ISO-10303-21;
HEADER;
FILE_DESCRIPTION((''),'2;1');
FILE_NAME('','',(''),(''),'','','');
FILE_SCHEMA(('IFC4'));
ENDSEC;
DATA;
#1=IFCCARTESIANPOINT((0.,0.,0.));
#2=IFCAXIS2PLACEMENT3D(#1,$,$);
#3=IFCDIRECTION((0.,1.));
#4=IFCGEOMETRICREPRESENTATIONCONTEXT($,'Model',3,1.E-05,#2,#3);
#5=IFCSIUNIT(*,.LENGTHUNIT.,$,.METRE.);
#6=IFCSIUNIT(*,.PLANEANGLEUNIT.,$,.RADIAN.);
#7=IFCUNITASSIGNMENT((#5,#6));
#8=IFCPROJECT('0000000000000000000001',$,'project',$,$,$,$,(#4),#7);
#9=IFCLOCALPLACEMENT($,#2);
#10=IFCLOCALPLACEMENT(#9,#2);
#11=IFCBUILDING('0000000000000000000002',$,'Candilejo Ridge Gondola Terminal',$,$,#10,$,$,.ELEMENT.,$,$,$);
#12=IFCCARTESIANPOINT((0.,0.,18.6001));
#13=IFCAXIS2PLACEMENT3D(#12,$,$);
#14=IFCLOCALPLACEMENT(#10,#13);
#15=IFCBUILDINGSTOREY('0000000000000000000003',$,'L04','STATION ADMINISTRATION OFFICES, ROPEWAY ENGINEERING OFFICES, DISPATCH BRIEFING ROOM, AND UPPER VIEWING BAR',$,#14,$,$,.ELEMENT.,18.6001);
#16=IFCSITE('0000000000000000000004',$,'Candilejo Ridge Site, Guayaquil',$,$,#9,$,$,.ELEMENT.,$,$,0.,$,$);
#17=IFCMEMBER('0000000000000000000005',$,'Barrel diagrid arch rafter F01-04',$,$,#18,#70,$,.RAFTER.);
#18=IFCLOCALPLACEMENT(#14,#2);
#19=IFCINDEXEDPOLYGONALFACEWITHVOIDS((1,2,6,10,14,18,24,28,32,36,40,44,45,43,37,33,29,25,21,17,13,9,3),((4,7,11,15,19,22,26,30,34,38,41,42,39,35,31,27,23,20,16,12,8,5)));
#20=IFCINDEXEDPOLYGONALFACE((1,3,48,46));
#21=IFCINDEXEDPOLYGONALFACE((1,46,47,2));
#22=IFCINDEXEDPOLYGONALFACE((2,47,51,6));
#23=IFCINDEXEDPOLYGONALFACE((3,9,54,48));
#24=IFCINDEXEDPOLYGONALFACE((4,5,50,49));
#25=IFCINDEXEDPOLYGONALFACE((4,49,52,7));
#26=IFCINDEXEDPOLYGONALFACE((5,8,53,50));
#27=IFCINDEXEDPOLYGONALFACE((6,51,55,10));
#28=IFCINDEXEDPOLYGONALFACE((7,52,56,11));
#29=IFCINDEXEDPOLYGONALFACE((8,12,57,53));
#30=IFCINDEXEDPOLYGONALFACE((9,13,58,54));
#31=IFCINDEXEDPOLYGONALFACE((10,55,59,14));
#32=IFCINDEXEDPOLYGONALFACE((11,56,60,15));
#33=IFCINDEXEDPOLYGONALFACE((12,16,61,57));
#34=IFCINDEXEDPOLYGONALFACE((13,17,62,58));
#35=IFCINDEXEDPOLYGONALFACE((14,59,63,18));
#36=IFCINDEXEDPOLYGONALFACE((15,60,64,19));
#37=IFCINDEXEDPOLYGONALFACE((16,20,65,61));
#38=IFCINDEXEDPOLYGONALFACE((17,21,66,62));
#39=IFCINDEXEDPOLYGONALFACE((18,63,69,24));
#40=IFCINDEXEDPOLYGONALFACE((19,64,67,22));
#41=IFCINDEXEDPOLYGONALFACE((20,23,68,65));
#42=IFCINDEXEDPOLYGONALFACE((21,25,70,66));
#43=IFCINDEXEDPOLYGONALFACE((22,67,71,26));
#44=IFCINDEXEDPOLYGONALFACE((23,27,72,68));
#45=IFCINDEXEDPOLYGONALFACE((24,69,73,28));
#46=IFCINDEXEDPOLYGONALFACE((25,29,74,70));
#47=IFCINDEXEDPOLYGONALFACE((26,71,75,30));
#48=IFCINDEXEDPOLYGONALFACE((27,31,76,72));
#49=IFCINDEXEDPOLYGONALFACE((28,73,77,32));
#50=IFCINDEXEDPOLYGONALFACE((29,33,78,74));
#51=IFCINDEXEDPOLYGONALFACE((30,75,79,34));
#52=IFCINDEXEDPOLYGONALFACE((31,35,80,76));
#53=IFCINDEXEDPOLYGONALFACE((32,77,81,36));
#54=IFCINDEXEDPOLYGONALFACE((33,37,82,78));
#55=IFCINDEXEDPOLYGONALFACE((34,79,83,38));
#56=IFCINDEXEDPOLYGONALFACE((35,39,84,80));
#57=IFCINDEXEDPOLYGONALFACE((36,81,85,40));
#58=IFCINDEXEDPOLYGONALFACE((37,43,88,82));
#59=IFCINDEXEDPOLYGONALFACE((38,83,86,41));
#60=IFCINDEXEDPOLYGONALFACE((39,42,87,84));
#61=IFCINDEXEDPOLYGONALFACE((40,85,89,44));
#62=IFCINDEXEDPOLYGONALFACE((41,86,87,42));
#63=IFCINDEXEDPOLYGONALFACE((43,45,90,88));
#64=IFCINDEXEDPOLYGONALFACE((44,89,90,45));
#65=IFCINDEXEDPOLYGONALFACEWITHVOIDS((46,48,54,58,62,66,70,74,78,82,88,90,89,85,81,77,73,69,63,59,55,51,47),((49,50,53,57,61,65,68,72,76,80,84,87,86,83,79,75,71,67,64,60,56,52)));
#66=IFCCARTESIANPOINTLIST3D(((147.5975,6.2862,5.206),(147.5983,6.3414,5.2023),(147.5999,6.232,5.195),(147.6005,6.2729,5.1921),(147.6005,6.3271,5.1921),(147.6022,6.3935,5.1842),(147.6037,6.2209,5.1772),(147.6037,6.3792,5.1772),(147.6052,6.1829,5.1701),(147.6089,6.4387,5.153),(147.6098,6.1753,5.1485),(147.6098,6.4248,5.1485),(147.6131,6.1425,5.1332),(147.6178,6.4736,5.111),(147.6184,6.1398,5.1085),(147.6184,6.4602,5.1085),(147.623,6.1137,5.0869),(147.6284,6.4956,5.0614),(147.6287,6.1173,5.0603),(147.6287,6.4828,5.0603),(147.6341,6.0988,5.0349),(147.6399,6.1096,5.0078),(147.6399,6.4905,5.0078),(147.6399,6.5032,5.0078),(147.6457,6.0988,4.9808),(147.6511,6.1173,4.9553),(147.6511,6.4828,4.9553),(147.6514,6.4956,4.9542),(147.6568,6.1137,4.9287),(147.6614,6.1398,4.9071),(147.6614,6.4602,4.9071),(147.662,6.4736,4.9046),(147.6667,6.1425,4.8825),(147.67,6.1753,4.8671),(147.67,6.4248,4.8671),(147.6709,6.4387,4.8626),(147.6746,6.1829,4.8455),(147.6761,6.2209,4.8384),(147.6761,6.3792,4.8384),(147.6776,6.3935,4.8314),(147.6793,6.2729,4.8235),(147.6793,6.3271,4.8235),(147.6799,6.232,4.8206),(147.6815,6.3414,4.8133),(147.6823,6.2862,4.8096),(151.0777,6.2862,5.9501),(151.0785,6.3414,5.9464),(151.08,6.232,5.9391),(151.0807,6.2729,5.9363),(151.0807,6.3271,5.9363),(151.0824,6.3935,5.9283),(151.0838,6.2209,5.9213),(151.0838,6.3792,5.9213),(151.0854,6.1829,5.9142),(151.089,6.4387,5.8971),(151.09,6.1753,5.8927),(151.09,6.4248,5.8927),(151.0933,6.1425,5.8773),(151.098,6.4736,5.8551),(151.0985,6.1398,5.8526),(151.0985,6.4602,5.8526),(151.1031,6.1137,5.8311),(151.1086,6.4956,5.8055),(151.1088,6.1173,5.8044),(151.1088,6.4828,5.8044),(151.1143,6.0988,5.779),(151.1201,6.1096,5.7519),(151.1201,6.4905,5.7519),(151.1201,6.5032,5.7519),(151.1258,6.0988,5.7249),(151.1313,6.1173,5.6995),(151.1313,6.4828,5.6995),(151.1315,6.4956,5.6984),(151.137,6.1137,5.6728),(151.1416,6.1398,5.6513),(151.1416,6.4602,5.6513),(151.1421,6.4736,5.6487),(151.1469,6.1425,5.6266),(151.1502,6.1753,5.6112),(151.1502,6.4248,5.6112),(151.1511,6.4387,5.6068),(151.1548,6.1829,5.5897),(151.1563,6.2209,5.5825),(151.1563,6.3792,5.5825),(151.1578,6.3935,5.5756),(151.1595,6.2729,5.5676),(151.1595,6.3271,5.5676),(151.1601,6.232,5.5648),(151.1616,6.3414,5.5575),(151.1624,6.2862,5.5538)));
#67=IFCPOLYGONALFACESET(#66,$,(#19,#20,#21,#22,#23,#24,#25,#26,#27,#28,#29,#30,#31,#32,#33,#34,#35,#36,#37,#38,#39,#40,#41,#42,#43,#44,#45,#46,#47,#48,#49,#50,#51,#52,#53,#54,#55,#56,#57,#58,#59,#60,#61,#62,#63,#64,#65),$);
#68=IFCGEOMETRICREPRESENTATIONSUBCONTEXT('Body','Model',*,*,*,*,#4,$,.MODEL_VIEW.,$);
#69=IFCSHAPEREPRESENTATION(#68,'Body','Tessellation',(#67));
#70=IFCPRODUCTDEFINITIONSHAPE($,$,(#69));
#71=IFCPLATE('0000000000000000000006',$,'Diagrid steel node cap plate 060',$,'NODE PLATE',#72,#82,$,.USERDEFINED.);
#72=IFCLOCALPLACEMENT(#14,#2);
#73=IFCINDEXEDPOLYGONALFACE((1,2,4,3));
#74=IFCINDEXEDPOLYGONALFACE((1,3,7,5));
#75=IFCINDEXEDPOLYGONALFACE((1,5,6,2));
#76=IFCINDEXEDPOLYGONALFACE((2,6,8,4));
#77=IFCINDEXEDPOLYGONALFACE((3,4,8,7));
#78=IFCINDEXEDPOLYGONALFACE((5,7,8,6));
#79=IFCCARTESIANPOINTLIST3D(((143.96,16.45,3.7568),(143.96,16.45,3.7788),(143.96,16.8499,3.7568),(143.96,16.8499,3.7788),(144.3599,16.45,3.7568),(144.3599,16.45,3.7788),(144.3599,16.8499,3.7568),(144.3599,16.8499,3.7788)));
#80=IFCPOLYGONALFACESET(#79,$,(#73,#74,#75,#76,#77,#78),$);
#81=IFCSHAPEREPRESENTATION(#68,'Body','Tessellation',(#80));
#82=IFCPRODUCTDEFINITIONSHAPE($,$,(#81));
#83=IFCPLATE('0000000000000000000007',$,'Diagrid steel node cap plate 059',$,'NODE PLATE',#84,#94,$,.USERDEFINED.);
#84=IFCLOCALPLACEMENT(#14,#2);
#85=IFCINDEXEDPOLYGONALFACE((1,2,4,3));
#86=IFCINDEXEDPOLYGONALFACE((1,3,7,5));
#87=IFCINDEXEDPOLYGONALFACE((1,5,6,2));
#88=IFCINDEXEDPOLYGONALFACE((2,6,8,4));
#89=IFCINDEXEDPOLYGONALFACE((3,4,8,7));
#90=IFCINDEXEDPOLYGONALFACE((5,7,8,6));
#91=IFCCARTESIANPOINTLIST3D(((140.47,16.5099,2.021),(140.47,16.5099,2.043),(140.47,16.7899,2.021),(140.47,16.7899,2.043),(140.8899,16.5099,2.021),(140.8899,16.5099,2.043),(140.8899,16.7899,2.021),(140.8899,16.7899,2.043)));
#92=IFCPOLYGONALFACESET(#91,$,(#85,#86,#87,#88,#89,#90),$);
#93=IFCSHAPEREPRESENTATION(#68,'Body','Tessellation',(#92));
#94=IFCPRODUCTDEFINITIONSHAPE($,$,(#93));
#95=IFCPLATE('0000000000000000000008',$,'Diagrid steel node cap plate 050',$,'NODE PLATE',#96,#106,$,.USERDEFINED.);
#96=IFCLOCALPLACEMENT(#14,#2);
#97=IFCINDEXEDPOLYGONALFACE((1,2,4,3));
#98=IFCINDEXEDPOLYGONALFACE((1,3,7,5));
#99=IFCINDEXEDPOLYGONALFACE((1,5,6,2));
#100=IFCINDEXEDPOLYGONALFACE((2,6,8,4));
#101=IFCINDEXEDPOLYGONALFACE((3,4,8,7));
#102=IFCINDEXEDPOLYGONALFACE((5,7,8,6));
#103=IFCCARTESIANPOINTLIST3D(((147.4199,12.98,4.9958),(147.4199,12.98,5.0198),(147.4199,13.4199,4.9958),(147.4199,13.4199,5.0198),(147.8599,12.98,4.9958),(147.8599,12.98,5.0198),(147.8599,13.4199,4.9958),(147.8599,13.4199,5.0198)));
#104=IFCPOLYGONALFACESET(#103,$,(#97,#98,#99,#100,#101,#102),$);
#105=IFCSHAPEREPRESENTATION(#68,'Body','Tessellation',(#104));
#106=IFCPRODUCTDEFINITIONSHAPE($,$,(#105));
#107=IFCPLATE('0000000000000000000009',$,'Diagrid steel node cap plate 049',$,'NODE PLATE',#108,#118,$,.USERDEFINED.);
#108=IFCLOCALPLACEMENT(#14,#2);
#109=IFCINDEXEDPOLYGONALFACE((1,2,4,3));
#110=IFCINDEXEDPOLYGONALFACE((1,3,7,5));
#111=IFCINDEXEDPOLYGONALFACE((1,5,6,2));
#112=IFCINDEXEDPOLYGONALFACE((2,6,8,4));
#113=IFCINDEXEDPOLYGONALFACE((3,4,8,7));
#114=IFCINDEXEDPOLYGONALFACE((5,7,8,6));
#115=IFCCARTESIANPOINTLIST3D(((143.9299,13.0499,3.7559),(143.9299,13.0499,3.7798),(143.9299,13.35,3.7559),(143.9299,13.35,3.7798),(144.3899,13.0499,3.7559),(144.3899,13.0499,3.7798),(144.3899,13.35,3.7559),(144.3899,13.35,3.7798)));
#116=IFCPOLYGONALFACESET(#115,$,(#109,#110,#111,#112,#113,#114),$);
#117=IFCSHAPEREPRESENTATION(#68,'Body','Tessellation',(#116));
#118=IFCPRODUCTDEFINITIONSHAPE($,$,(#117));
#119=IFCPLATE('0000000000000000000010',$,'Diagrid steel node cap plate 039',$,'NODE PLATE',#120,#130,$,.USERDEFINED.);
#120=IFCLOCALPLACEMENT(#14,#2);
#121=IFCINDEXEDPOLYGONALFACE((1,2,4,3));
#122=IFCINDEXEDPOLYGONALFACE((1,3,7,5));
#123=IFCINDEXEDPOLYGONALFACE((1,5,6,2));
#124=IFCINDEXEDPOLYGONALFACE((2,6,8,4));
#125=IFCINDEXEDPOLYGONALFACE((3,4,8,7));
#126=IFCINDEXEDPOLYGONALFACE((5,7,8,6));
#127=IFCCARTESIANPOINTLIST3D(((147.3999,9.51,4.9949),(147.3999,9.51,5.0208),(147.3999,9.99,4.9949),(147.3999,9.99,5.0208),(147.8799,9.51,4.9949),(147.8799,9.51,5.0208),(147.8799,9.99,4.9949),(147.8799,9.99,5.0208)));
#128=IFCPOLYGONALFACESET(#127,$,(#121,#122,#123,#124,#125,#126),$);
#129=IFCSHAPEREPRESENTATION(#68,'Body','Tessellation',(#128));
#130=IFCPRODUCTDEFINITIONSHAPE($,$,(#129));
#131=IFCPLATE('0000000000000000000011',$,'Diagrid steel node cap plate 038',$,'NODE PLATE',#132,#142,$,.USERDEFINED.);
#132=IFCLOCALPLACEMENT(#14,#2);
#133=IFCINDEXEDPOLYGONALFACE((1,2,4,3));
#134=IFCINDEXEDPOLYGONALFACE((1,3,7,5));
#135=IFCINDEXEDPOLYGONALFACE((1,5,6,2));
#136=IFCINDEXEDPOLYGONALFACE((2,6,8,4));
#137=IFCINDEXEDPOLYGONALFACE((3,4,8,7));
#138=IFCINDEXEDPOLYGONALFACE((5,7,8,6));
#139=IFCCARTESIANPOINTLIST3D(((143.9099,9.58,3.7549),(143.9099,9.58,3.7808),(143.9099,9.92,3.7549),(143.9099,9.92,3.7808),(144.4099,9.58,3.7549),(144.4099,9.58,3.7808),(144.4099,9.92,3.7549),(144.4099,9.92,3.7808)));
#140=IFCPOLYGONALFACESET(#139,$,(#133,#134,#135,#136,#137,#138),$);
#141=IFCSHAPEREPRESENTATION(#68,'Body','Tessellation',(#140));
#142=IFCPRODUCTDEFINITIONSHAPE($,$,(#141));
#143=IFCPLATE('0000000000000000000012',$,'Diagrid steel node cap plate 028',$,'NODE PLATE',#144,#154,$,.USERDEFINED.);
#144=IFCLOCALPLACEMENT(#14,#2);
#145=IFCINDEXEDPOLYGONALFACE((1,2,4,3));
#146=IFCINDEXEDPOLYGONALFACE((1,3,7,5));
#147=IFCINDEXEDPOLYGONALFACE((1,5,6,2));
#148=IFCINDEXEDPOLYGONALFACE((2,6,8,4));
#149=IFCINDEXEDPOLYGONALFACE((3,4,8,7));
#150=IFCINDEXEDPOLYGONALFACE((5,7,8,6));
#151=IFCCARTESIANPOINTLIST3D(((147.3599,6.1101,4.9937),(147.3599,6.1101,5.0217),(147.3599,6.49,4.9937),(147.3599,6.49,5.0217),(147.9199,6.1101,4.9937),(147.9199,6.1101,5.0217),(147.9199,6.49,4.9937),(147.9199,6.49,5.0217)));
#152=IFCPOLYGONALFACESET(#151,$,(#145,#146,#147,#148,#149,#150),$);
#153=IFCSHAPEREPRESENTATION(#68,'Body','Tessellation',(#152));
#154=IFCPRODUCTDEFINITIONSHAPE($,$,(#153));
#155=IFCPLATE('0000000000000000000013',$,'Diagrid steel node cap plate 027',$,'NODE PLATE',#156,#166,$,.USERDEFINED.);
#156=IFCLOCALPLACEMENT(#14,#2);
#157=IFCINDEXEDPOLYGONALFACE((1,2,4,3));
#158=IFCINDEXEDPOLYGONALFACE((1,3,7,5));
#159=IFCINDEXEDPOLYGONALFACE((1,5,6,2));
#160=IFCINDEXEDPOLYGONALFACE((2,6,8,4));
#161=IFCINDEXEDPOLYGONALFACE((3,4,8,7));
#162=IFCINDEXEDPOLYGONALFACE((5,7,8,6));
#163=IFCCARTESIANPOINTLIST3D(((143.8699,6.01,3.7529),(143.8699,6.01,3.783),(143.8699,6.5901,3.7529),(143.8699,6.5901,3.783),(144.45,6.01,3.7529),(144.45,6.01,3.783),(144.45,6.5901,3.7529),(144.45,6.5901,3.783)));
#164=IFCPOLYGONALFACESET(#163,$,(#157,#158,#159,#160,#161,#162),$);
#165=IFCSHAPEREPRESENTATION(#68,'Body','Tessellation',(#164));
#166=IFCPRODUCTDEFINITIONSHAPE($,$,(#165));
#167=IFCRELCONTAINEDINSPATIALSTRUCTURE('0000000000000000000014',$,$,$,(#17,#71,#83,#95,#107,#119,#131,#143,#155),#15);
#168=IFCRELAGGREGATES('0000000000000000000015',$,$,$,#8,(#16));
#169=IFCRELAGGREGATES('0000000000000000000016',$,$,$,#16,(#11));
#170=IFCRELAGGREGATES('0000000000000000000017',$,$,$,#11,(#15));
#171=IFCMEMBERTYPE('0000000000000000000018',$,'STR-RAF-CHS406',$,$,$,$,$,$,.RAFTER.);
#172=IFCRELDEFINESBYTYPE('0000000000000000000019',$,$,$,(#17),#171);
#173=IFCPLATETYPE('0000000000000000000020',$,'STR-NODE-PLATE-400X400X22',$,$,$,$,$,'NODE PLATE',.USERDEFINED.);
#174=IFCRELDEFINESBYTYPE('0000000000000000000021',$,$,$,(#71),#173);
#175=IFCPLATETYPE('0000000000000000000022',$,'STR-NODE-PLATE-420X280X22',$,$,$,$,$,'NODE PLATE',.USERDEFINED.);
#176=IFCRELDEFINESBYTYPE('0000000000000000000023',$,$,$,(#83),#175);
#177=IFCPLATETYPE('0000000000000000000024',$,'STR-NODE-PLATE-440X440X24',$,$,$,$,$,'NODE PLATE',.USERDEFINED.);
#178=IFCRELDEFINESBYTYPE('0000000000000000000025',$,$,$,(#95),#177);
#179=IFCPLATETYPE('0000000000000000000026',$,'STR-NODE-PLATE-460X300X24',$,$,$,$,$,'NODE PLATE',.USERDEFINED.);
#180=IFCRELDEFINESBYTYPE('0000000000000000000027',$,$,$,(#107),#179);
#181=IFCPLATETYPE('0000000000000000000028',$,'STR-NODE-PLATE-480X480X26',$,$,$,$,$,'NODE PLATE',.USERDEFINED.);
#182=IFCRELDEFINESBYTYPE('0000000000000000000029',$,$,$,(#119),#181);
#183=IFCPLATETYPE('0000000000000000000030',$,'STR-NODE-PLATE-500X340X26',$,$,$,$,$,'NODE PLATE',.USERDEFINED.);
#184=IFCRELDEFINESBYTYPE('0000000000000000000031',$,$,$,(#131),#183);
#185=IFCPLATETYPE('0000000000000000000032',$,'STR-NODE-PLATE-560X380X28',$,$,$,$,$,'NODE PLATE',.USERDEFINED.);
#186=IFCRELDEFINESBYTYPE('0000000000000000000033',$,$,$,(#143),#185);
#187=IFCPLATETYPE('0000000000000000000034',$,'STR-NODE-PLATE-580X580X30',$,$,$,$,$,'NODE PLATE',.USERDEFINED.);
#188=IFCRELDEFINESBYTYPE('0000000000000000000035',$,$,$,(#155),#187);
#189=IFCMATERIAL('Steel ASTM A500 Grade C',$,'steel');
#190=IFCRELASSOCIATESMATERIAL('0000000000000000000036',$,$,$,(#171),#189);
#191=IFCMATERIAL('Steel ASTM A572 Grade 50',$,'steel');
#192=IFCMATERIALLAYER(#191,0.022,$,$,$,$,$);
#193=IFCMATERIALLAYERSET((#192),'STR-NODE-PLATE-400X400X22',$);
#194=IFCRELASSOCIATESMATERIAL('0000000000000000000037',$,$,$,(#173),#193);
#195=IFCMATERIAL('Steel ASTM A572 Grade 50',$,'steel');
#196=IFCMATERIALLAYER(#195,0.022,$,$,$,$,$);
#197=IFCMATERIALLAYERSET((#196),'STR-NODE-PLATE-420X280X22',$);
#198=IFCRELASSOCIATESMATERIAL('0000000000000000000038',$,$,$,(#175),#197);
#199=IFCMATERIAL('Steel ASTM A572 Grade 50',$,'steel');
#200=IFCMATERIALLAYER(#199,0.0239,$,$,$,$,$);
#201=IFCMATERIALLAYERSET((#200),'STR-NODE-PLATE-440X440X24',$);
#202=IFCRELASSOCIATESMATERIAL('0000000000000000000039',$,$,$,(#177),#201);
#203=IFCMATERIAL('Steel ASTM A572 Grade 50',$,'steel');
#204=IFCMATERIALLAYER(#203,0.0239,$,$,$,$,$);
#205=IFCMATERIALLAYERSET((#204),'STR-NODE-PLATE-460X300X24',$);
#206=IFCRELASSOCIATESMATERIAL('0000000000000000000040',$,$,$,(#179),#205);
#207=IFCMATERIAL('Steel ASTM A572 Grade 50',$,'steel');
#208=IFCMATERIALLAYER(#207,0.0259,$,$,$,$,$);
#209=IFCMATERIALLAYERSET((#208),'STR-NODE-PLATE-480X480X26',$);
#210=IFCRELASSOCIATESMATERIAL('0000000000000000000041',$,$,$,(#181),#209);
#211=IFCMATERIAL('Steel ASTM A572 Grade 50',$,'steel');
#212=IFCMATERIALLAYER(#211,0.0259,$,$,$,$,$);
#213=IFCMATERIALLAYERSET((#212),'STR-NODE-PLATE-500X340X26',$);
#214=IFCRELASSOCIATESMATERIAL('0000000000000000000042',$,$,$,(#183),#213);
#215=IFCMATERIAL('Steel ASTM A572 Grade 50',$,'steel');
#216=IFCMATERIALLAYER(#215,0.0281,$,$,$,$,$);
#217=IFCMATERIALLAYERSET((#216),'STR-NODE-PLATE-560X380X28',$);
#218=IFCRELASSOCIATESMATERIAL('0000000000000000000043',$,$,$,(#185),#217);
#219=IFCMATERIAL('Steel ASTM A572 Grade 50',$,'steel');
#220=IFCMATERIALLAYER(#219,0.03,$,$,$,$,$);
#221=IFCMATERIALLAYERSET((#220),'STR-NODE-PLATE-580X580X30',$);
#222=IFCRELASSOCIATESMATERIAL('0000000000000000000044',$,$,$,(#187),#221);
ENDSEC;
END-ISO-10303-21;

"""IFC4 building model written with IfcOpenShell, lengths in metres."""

from ifc_helpers import new_model, si_unit, direction, frame, origin, origin_2d, place, context, subcontext, project, spatial, rectangle, hollow_circle, extrude, material, layer, layer_set, material_profile, profile_set, type_object, element, save


model = new_model("IFC4")

# Units and contexts
model_context = context("Model", 3, precision=1e-05, world=origin(), true_north=direction((0.0, 1.0)))
body_context = subcontext(model_context, "Body", "Model", "MODEL_VIEW")
ifc_project = project(units=[si_unit("LENGTHUNIT", "METRE"), si_unit("PLANEANGLEUNIT", "RADIAN")], contexts=[model_context])

# Site, building, storey
site_placement = place(None, origin())
site = spatial("IfcSite", under=ifc_project, at=site_placement, Name="Candilejo Ridge Site, Guayaquil", CompositionType="ELEMENT", RefElevation=0.0)
building_placement = place(site_placement, origin())
building = spatial("IfcBuilding", under=site, at=building_placement, Name="Candilejo Ridge Gondola Terminal", CompositionType="ELEMENT")
storey_placement = place(building_placement, frame((0.0, 0.0, 18.6001)))
storey = spatial("IfcBuildingStorey", under=building, at=storey_placement, Name="L04", Description="STATION ADMINISTRATION OFFICES, ROPEWAY ENGINEERING OFFICES, DISPATCH BRIEFING ROOM, AND UPPER VIEWING BAR", CompositionType="ELEMENT", Elevation=18.6001)

# Member
ifc_material_1 = material(Name="Steel ASTM A500 Grade C", Category="steel")
ifc_material_profile_1 = material_profile(ifc_material_1, hollow_circle(Radius=0.2031, WallThickness=0.0127, at=origin_2d()))
ifc_profile_set_1 = profile_set([ifc_material_profile_1], Name="Steel ASTM A500 Grade C")
member_type_1 = type_object("IfcMemberType", Name="STR-RAF-CHS406", PredefinedType="RAFTER", material=ifc_profile_set_1)
member_1_placement = place(storey_placement, frame((147.6399, 6.3, 5.0078), z_axis=(0.977896, 0.0, 0.209093), x_axis=(0.0, 1.0, 0.0)))
element("IfcMember", 1, at=member_1_placement, inside=storey, type_object=member_type_1, Name="Barrel diagrid arch rafter F01-04", PredefinedType="RAFTER", context=body_context, shape_type="SweptSolid", body=[
    extrude(hollow_circle(Radius=0.2031, WallThickness=0.0127, at=origin_2d()), origin(), (0.0, 0.0, 1.0), 3.5588),
])

# Plates
ifc_material_2 = material(Name="Steel ASTM A572 Grade 50", Category="steel")
ifc_layer_1 = layer(ifc_material_2, 0.022)
ifc_layer_set_1 = layer_set([ifc_layer_1], Name="STR-NODE-PLATE-400X400X22")
plate_type_1 = type_object("IfcPlateType", Name="STR-NODE-PLATE-400X400X22", ElementType="NODE PLATE", PredefinedType="USERDEFINED", material=ifc_layer_set_1)
plate_1_placement = place(storey_placement, frame((144.1599, 16.6499, 3.7568), z_axis=(0.0, 0.0, 1.0), x_axis=(1.0, 0.0, 0.0)))
element("IfcPlate", 2, at=plate_1_placement, inside=storey, type_object=plate_type_1, Name="Diagrid steel node cap plate 060", ObjectType="NODE PLATE", PredefinedType="USERDEFINED", context=body_context, shape_type="SweptSolid", body=[
    extrude(rectangle(XDim=0.3999, YDim=0.3999, at=origin_2d()), origin(), (0.0, 0.0, 1.0), 0.022),
])
ifc_material_3 = material(Name="Steel ASTM A572 Grade 50", Category="steel")
ifc_layer_2 = layer(ifc_material_3, 0.022)
ifc_layer_set_2 = layer_set([ifc_layer_2], Name="STR-NODE-PLATE-420X280X22")
plate_type_2 = type_object("IfcPlateType", Name="STR-NODE-PLATE-420X280X22", ElementType="NODE PLATE", PredefinedType="USERDEFINED", material=ifc_layer_set_2)
plate_2_placement = place(storey_placement, frame((140.6799, 16.6499, 2.021), z_axis=(0.0, 0.0, 1.0), x_axis=(1.0, 0.0, 0.0)))
element("IfcPlate", 3, at=plate_2_placement, inside=storey, type_object=plate_type_2, Name="Diagrid steel node cap plate 059", ObjectType="NODE PLATE", PredefinedType="USERDEFINED", context=body_context, shape_type="SweptSolid", body=[
    extrude(rectangle(XDim=0.4199, YDim=0.28, at=origin_2d()), origin(), (0.0, 0.0, 1.0), 0.022),
])
ifc_material_4 = material(Name="Steel ASTM A572 Grade 50", Category="steel")
ifc_layer_3 = layer(ifc_material_4, 0.0239)
ifc_layer_set_3 = layer_set([ifc_layer_3], Name="STR-NODE-PLATE-440X440X24")
plate_type_3 = type_object("IfcPlateType", Name="STR-NODE-PLATE-440X440X24", ElementType="NODE PLATE", PredefinedType="USERDEFINED", material=ifc_layer_set_3)
plate_3_placement = place(storey_placement, frame((147.6399, 13.2, 4.9958), z_axis=(0.0, 0.0, 1.0), x_axis=(1.0, 0.0, 0.0)))
element("IfcPlate", 4, at=plate_3_placement, inside=storey, type_object=plate_type_3, Name="Diagrid steel node cap plate 050", ObjectType="NODE PLATE", PredefinedType="USERDEFINED", context=body_context, shape_type="SweptSolid", body=[
    extrude(rectangle(XDim=0.4399, YDim=0.4399, at=origin_2d()), origin(), (0.0, 0.0, 1.0), 0.0239),
])
ifc_material_5 = material(Name="Steel ASTM A572 Grade 50", Category="steel")
ifc_layer_4 = layer(ifc_material_5, 0.0239)
ifc_layer_set_4 = layer_set([ifc_layer_4], Name="STR-NODE-PLATE-460X300X24")
plate_type_4 = type_object("IfcPlateType", Name="STR-NODE-PLATE-460X300X24", ElementType="NODE PLATE", PredefinedType="USERDEFINED", material=ifc_layer_set_4)
plate_4_placement = place(storey_placement, frame((144.1599, 13.2, 3.7559), z_axis=(0.0, 0.0, 1.0), x_axis=(1.0, 0.0, 0.0)))
element("IfcPlate", 5, at=plate_4_placement, inside=storey, type_object=plate_type_4, Name="Diagrid steel node cap plate 049", ObjectType="NODE PLATE", PredefinedType="USERDEFINED", context=body_context, shape_type="SweptSolid", body=[
    extrude(rectangle(XDim=0.46, YDim=0.3, at=origin_2d()), origin(), (0.0, 0.0, 1.0), 0.0239),
])
ifc_material_6 = material(Name="Steel ASTM A572 Grade 50", Category="steel")
ifc_layer_5 = layer(ifc_material_6, 0.0259)
ifc_layer_set_5 = layer_set([ifc_layer_5], Name="STR-NODE-PLATE-480X480X26")
plate_type_5 = type_object("IfcPlateType", Name="STR-NODE-PLATE-480X480X26", ElementType="NODE PLATE", PredefinedType="USERDEFINED", material=ifc_layer_set_5)
plate_5_placement = place(storey_placement, frame((147.6399, 9.75, 4.9949), z_axis=(0.0, 0.0, 1.0), x_axis=(1.0, 0.0, 0.0)))
element("IfcPlate", 6, at=plate_5_placement, inside=storey, type_object=plate_type_5, Name="Diagrid steel node cap plate 039", ObjectType="NODE PLATE", PredefinedType="USERDEFINED", context=body_context, shape_type="SweptSolid", body=[
    extrude(rectangle(XDim=0.48, YDim=0.48, at=origin_2d()), origin(), (0.0, 0.0, 1.0), 0.0259),
])
ifc_material_7 = material(Name="Steel ASTM A572 Grade 50", Category="steel")
ifc_layer_6 = layer(ifc_material_7, 0.0259)
ifc_layer_set_6 = layer_set([ifc_layer_6], Name="STR-NODE-PLATE-500X340X26")
plate_type_6 = type_object("IfcPlateType", Name="STR-NODE-PLATE-500X340X26", ElementType="NODE PLATE", PredefinedType="USERDEFINED", material=ifc_layer_set_6)
plate_6_placement = place(storey_placement, frame((144.1599, 9.75, 3.7549), z_axis=(0.0, 0.0, 1.0), x_axis=(1.0, 0.0, 0.0)))
element("IfcPlate", 7, at=plate_6_placement, inside=storey, type_object=plate_type_6, Name="Diagrid steel node cap plate 038", ObjectType="NODE PLATE", PredefinedType="USERDEFINED", context=body_context, shape_type="SweptSolid", body=[
    extrude(rectangle(XDim=0.5, YDim=0.3401, at=origin_2d()), origin(), (0.0, 0.0, 1.0), 0.0259),
])
ifc_material_8 = material(Name="Steel ASTM A572 Grade 50", Category="steel")
ifc_layer_7 = layer(ifc_material_8, 0.0281)
ifc_layer_set_7 = layer_set([ifc_layer_7], Name="STR-NODE-PLATE-560X380X28")
plate_type_7 = type_object("IfcPlateType", Name="STR-NODE-PLATE-560X380X28", ElementType="NODE PLATE", PredefinedType="USERDEFINED", material=ifc_layer_set_7)
plate_7_placement = place(storey_placement, frame((147.6399, 6.3, 4.9937), z_axis=(0.0, 0.0, 1.0), x_axis=(1.0, 0.0, 0.0)))
element("IfcPlate", 8, at=plate_7_placement, inside=storey, type_object=plate_type_7, Name="Diagrid steel node cap plate 028", ObjectType="NODE PLATE", PredefinedType="USERDEFINED", context=body_context, shape_type="SweptSolid", body=[
    extrude(rectangle(XDim=0.5601, YDim=0.3799, at=origin_2d()), origin(), (0.0, 0.0, 1.0), 0.0281),
])
ifc_material_9 = material(Name="Steel ASTM A572 Grade 50", Category="steel")
ifc_layer_8 = layer(ifc_material_9, 0.03)
ifc_layer_set_8 = layer_set([ifc_layer_8], Name="STR-NODE-PLATE-580X580X30")
plate_type_8 = type_object("IfcPlateType", Name="STR-NODE-PLATE-580X580X30", ElementType="NODE PLATE", PredefinedType="USERDEFINED", material=ifc_layer_set_8)
plate_8_placement = place(storey_placement, frame((144.1599, 6.3, 3.7529), z_axis=(0.0, 0.0, 1.0), x_axis=(1.0, 0.0, 0.0)))
element("IfcPlate", 9, at=plate_8_placement, inside=storey, type_object=plate_type_8, Name="Diagrid steel node cap plate 027", ObjectType="NODE PLATE", PredefinedType="USERDEFINED", context=body_context, shape_type="SweptSolid", body=[
    extrude(rectangle(XDim=0.5801, YDim=0.5801, at=origin_2d()), origin(), (0.0, 0.0, 1.0), 0.03),
])

save(model, "model.ifc")
